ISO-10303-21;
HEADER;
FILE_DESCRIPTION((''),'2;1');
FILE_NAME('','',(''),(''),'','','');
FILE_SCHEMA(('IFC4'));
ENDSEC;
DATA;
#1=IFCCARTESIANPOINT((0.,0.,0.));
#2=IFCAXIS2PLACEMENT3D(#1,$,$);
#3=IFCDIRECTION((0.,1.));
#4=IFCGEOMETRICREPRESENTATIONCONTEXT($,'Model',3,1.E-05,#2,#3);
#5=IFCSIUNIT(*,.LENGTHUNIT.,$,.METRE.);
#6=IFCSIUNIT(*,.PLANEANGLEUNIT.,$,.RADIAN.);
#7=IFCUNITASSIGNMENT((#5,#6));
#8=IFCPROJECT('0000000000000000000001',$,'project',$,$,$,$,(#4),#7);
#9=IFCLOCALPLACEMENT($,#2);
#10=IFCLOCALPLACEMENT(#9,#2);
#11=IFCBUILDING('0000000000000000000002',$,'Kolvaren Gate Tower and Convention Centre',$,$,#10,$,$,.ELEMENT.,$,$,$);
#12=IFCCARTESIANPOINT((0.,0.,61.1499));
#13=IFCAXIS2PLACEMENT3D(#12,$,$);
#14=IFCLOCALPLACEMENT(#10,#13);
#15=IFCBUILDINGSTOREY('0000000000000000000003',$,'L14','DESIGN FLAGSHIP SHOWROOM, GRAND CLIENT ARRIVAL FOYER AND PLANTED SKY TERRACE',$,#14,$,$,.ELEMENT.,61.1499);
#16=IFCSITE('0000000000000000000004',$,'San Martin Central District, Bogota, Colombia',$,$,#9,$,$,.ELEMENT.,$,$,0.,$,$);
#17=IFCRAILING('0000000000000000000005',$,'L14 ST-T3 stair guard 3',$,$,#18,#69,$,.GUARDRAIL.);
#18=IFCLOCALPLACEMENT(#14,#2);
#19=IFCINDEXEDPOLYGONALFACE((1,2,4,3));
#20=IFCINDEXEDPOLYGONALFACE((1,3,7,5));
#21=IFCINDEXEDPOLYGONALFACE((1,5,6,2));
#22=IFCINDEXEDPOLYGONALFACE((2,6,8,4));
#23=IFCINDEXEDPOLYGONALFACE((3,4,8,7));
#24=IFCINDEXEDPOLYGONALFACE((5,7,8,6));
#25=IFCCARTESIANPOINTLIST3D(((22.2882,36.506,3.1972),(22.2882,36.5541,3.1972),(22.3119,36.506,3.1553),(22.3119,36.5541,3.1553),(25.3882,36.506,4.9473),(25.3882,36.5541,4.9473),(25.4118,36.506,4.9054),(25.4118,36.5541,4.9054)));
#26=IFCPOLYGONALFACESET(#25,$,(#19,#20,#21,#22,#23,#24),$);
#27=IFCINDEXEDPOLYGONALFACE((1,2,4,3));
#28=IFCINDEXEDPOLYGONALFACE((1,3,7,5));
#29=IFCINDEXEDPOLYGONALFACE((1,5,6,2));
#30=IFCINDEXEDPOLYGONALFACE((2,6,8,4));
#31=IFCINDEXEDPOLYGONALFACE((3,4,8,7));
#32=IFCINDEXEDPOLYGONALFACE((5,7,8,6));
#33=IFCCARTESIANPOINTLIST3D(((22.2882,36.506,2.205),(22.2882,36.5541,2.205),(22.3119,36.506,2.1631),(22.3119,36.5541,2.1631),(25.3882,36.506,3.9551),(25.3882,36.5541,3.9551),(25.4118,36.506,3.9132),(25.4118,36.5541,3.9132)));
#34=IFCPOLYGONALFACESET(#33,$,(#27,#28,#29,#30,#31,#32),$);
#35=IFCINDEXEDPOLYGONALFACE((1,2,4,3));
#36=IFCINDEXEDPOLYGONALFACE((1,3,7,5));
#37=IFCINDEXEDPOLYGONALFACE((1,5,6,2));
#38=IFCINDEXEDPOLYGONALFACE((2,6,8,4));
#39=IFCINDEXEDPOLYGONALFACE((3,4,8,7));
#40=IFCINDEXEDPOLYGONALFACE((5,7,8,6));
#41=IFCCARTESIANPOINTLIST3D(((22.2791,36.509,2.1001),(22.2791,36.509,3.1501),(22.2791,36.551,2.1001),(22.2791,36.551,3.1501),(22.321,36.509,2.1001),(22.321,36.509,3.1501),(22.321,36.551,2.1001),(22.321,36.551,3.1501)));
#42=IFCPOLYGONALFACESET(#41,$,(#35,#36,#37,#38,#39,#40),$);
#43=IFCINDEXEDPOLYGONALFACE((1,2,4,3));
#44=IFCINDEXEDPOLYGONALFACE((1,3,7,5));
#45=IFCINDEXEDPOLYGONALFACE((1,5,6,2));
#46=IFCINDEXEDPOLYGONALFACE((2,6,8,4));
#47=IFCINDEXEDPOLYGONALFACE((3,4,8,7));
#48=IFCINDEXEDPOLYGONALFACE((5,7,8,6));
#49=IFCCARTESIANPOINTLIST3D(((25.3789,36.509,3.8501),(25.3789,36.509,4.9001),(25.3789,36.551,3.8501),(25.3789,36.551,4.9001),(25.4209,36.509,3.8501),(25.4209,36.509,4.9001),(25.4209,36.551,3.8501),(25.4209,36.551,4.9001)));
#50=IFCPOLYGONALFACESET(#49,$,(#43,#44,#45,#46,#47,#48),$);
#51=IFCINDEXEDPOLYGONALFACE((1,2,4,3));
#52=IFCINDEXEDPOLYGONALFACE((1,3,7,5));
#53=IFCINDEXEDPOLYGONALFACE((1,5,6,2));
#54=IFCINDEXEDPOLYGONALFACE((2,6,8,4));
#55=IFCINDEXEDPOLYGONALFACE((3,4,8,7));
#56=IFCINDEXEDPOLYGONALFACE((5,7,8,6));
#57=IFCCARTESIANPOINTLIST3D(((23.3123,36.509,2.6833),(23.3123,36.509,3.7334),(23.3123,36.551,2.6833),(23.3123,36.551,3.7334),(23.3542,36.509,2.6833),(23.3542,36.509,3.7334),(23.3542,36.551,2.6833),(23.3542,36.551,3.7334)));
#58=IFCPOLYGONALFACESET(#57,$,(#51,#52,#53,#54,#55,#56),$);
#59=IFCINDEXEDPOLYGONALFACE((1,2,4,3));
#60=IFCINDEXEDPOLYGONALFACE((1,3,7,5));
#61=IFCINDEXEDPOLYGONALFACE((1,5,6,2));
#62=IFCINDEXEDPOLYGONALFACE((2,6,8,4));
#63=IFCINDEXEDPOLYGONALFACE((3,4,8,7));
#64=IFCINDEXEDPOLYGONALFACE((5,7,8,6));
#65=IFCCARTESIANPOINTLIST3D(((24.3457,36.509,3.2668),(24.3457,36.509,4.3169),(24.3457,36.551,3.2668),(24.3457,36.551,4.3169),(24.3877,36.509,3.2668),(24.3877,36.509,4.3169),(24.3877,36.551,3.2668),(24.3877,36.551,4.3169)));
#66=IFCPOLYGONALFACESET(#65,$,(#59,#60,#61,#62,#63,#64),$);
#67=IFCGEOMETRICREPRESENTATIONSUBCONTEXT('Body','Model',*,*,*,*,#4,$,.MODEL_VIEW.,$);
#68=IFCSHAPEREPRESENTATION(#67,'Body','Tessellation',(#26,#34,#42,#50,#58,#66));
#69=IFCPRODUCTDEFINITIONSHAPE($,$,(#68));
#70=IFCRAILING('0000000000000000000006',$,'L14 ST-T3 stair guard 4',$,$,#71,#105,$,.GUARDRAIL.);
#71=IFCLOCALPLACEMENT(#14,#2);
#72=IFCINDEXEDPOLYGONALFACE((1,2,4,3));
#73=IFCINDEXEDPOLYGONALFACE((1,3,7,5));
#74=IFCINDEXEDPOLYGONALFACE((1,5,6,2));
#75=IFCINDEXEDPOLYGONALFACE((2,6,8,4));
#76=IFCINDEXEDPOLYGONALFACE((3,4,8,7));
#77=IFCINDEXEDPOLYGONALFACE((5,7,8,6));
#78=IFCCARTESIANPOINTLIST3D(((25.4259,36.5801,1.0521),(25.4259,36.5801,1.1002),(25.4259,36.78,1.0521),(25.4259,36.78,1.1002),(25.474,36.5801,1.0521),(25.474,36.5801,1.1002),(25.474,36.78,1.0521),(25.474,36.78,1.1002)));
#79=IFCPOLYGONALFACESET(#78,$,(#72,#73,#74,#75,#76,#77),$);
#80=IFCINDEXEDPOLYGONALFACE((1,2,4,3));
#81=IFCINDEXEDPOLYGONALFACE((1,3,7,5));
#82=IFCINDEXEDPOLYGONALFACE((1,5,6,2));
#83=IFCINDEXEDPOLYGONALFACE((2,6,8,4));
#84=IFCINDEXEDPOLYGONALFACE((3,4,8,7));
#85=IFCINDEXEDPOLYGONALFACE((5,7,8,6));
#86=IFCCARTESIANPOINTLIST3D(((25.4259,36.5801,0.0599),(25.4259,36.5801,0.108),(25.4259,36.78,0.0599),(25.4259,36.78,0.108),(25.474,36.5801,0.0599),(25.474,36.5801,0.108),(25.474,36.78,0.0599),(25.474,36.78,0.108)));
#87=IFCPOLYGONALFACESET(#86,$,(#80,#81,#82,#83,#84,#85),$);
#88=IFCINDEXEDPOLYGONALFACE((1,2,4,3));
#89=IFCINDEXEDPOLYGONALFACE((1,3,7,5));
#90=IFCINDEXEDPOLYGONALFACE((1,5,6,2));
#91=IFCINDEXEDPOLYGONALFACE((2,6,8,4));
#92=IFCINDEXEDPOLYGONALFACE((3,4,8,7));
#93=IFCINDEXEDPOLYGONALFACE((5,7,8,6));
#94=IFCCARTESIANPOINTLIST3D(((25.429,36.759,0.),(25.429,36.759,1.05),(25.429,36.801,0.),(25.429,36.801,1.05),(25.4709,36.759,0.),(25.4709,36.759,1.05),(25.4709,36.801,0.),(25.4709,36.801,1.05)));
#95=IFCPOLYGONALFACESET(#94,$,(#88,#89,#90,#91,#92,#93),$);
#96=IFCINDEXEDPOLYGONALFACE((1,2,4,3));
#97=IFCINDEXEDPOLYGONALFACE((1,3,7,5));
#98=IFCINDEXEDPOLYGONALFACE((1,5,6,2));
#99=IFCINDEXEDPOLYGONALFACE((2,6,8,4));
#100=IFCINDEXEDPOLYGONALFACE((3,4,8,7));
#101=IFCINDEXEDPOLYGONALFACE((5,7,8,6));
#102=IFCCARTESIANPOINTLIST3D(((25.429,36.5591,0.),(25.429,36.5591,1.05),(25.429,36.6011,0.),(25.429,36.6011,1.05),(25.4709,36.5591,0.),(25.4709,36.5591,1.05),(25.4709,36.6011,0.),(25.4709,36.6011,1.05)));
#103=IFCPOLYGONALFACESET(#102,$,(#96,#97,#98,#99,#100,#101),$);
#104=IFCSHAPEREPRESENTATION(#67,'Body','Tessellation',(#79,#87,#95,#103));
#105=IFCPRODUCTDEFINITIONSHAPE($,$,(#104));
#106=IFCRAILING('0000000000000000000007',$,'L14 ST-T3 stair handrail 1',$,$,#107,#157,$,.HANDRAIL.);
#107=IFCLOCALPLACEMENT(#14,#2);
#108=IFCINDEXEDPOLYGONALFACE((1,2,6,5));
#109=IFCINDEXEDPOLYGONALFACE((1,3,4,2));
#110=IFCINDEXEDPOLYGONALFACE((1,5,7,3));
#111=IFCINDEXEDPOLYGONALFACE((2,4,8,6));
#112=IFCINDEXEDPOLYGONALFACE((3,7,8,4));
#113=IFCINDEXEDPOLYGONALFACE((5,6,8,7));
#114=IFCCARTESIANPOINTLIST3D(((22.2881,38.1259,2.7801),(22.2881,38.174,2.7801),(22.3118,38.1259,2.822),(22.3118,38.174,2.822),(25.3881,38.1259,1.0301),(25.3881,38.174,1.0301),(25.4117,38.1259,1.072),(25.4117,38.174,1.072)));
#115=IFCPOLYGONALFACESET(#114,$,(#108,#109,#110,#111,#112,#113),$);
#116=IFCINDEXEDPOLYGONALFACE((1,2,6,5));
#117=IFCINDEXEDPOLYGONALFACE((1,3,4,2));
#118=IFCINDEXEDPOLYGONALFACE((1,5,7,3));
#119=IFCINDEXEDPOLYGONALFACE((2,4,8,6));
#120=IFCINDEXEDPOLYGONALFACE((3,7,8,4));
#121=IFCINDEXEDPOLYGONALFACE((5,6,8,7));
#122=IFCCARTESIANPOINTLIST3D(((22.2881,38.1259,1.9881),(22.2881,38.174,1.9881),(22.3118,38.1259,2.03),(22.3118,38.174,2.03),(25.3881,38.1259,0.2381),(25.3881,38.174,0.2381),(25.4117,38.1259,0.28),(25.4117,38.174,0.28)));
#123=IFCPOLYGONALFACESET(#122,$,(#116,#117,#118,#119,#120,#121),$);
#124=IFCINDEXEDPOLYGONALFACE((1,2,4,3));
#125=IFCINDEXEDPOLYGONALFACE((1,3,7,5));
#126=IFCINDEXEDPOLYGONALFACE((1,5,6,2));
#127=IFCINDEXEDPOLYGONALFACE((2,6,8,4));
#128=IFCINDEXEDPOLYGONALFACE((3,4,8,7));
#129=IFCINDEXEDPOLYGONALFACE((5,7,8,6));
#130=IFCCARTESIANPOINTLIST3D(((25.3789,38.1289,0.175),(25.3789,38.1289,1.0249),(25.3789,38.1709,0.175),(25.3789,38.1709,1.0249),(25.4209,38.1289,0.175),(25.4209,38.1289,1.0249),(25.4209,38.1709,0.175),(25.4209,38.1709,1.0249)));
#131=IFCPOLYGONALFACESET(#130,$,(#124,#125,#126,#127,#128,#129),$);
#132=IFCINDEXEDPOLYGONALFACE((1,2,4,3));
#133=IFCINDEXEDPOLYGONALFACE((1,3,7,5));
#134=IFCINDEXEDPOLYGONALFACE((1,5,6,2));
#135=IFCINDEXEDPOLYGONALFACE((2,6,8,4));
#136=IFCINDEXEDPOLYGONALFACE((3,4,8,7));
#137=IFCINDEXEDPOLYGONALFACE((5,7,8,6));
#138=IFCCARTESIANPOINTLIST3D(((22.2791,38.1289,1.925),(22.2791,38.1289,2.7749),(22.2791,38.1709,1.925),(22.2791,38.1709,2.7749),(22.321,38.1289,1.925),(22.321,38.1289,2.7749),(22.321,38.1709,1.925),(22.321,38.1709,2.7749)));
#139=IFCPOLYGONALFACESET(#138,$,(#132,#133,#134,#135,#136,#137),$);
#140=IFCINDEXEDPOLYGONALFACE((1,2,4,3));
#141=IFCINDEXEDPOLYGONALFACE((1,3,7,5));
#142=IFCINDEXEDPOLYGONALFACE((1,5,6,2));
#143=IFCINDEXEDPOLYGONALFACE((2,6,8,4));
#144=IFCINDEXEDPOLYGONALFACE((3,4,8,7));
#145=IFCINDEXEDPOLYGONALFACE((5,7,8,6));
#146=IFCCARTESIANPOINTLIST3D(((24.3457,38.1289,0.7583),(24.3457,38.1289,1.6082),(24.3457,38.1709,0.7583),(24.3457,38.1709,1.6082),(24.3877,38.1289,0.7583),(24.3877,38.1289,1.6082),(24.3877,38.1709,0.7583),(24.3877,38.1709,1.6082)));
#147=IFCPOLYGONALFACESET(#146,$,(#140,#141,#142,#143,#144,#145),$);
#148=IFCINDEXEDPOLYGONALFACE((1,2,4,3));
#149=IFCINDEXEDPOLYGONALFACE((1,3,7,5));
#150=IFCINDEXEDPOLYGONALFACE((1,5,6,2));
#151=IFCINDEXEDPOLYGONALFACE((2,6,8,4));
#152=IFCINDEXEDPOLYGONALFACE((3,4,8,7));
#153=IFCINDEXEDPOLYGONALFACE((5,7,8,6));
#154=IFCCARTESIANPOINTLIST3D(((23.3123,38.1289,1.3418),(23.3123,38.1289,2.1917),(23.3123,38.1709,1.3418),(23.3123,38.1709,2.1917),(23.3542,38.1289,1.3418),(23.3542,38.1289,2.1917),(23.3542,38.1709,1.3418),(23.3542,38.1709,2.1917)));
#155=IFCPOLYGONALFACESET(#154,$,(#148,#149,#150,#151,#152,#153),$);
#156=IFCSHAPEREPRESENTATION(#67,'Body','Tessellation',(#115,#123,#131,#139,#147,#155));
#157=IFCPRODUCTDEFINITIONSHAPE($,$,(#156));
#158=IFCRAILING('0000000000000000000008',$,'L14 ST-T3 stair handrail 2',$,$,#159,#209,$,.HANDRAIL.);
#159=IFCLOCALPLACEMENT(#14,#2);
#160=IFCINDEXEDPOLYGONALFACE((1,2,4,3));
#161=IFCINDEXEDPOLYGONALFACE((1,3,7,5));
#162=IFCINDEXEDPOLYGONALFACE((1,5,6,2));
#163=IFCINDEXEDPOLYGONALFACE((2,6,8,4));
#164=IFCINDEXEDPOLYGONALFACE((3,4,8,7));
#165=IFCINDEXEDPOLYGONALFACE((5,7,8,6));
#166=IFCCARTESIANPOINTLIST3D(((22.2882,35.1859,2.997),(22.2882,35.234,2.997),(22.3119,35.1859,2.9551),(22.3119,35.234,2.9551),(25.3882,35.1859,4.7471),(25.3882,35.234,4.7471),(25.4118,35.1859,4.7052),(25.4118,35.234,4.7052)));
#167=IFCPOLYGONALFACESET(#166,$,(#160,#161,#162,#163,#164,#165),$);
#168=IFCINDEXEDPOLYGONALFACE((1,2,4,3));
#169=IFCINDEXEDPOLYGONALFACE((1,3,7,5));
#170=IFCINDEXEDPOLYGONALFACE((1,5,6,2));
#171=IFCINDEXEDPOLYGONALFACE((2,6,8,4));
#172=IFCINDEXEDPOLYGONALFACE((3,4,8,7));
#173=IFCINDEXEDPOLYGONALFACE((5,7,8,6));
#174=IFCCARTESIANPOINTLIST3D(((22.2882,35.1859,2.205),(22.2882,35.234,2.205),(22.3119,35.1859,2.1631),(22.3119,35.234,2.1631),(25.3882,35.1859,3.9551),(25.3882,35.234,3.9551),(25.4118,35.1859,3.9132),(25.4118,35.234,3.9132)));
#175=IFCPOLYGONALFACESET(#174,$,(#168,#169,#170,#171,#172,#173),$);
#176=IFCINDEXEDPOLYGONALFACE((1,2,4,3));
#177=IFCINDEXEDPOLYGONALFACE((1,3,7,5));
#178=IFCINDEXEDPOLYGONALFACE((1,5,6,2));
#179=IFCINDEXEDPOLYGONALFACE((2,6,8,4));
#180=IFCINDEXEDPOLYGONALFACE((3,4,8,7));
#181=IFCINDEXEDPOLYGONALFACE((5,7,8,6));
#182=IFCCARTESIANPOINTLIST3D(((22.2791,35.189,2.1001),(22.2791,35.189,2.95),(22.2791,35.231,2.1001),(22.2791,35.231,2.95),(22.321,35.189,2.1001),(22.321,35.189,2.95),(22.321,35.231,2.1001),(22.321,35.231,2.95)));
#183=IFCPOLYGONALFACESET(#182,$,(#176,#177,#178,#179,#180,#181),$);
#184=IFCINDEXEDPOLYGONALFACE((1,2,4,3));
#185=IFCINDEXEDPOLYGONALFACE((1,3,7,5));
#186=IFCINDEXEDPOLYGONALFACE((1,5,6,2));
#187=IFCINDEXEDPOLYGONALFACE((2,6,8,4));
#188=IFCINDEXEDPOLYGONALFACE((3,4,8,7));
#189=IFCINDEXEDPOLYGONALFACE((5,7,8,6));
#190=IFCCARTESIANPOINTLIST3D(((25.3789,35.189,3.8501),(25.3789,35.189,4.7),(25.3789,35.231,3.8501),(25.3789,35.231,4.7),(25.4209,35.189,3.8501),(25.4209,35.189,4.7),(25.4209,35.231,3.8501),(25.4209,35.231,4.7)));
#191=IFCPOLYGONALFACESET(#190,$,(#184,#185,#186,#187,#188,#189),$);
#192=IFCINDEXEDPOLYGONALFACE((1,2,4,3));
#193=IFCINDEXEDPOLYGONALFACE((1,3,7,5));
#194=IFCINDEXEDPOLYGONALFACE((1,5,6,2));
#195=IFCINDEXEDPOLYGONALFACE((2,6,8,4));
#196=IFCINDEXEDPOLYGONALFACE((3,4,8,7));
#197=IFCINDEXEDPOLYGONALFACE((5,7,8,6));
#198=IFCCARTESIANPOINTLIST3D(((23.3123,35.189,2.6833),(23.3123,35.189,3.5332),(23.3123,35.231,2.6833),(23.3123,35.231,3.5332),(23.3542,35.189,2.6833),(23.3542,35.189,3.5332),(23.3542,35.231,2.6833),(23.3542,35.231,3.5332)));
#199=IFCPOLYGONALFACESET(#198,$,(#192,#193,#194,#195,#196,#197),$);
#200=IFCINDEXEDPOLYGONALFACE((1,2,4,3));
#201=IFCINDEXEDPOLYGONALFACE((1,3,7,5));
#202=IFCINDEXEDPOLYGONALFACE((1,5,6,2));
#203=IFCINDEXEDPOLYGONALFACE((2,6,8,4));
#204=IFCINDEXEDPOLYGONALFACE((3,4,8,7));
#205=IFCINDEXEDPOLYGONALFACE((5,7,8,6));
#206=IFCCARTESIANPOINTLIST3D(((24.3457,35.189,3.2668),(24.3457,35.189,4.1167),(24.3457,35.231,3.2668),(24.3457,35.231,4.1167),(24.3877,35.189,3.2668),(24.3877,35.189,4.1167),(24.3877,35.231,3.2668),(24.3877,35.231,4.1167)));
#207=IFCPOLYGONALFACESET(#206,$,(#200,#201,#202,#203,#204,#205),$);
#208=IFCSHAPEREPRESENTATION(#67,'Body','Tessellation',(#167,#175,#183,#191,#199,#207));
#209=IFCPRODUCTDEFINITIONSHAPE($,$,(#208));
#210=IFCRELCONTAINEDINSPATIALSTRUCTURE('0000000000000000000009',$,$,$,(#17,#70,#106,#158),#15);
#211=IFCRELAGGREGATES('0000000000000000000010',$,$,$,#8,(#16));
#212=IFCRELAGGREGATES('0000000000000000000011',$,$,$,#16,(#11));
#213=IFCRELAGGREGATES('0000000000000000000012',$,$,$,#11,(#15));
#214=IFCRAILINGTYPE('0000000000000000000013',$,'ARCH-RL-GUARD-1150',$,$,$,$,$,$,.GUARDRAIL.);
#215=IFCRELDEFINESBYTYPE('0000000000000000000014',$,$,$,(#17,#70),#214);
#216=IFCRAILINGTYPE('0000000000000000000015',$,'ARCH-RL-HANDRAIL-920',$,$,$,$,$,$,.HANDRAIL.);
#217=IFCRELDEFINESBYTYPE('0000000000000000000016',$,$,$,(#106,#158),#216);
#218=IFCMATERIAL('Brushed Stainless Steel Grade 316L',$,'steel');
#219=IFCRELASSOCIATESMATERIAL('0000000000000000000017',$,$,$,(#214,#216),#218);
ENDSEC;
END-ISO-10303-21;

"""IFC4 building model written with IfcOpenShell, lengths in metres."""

from ifc_helpers import new_model, si_unit, direction, frame, origin, origin_2d, place, context, subcontext, project, spatial, rectangle, extrude, material, type_object, element, save


model = new_model("IFC4")

# Units and contexts
model_context = context("Model", 3, precision=1e-05, world=origin(), true_north=direction((0.0, 1.0)))
body_context = subcontext(model_context, "Body", "Model", "MODEL_VIEW")
ifc_project = project(units=[si_unit("LENGTHUNIT", "METRE"), si_unit("PLANEANGLEUNIT", "RADIAN")], contexts=[model_context])

# Site, building, storey
site_placement = place(None, origin())
site = spatial("IfcSite", under=ifc_project, at=site_placement, Name="San Martin Central District, Bogota, Colombia", CompositionType="ELEMENT", RefElevation=0.0)
building_placement = place(site_placement, origin())
building = spatial("IfcBuilding", under=site, at=building_placement, Name="Kolvaren Gate Tower and Convention Centre", CompositionType="ELEMENT")
storey_placement = place(building_placement, frame((0.0, 0.0, 61.1499)))
storey = spatial("IfcBuildingStorey", under=building, at=storey_placement, Name="L14", Description="DESIGN FLAGSHIP SHOWROOM, GRAND CLIENT ARRIVAL FOYER AND PLANTED SKY TERRACE", CompositionType="ELEMENT", Elevation=61.1499)

# Railings
ifc_material_1 = material(Name="Brushed Stainless Steel Grade 316L", Category="steel")
railing_type_1 = type_object("IfcRailingType", Name="ARCH-RL-GUARD-1150", PredefinedType="GUARDRAIL", material=ifc_material_1)
railing_1_placement = place(storey_placement, frame((22.3, 36.53, 2.1001)))
element("IfcRailing", 1, at=railing_1_placement, inside=storey, type_object=railing_type_1, Name="L14 ST-T3 stair guard 3", PredefinedType="GUARDRAIL", context=body_context, shape_type="SweptSolid", body=[
    extrude(rectangle(XDim=0.0481, YDim=0.0481, at=origin_2d()), frame((0.0, 0.0, 1.0762), z_axis=(0.870814, 0.0, 0.491612), x_axis=(0.0, 1.0, 0.0)), (0.0, 0.0, 1.0), 3.5598),
    extrude(rectangle(XDim=0.0481, YDim=0.0481, at=origin_2d()), frame((0.0, 0.0, 0.084), z_axis=(0.870814, 0.0, 0.491612), x_axis=(0.0, 1.0, 0.0)), (0.0, 0.0, 1.0), 3.5598),
    extrude(rectangle(XDim=0.042, YDim=0.042, at=origin_2d()), origin(), (0.0, 0.0, 1.0), 1.05),
    extrude(rectangle(XDim=0.042, YDim=0.042, at=origin_2d()), frame((3.0999, 0.0, 1.75)), (0.0, 0.0, 1.0), 1.05),
    extrude(rectangle(XDim=0.042, YDim=0.042, at=origin_2d()), frame((1.0332, 0.0, 0.5833)), (0.0, 0.0, 1.0), 1.05),
    extrude(rectangle(XDim=0.042, YDim=0.042, at=origin_2d()), frame((2.0667, 0.0, 1.1667)), (0.0, 0.0, 1.0), 1.05),
])
railing_2_placement = place(storey_placement, frame((25.45, 36.78, 0.0)))
element("IfcRailing", 2, at=railing_2_placement, inside=storey, type_object=railing_type_1, Name="L14 ST-T3 stair guard 4", PredefinedType="GUARDRAIL", context=body_context, shape_type="SweptSolid", body=[
    extrude(rectangle(XDim=0.0481, YDim=0.0481, at=origin_2d()), frame((0.0, 0.0, 1.0762), z_axis=(0.0, -1.0, 0.0), x_axis=(1.0, 0.0, 0.0)), (0.0, 0.0, 1.0), 0.2),
    extrude(rectangle(XDim=0.0481, YDim=0.0481, at=origin_2d()), frame((0.0, 0.0, 0.084), z_axis=(0.0, -1.0, 0.0), x_axis=(1.0, 0.0, 0.0)), (0.0, 0.0, 1.0), 0.2),
    extrude(rectangle(XDim=0.042, YDim=0.042, at=origin_2d()), origin(), (0.0, 0.0, 1.0), 1.05),
    extrude(rectangle(XDim=0.042, YDim=0.042, at=origin_2d()), frame((0.0, -0.2, 0.0)), (0.0, 0.0, 1.0), 1.05),
])
railing_type_2 = type_object("IfcRailingType", Name="ARCH-RL-HANDRAIL-920", PredefinedType="HANDRAIL", material=ifc_material_1)
railing_3_placement = place(storey_placement, frame((25.3999, 38.1499, 0.175)))
element("IfcRailing", 3, at=railing_3_placement, inside=storey, type_object=railing_type_2, Name="L14 ST-T3 stair handrail 1", PredefinedType="HANDRAIL", context=body_context, shape_type="SweptSolid", body=[
    extrude(rectangle(XDim=0.0481, YDim=0.0481, at=origin_2d()), frame((0.0, 0.0, 0.876), z_axis=(-0.870814, 0.0, 0.491612), x_axis=(0.0, -1.0, 0.0)), (0.0, 0.0, 1.0), 3.5598),
    extrude(rectangle(XDim=0.0481, YDim=0.0481, at=origin_2d()), frame((0.0, 0.0, 0.084), z_axis=(-0.870814, 0.0, 0.491612), x_axis=(0.0, -1.0, 0.0)), (0.0, 0.0, 1.0), 3.5598),
    extrude(rectangle(XDim=0.042, YDim=0.042, at=origin_2d()), origin(), (0.0, 0.0, 1.0), 0.8499),
    extrude(rectangle(XDim=0.042, YDim=0.042, at=origin_2d()), frame((-3.0999, 0.0, 1.75)), (0.0, 0.0, 1.0), 0.8499),
    extrude(rectangle(XDim=0.042, YDim=0.042, at=origin_2d()), frame((-1.0332, 0.0, 0.5833)), (0.0, 0.0, 1.0), 0.8499),
    extrude(rectangle(XDim=0.042, YDim=0.042, at=origin_2d()), frame((-2.0667, 0.0, 1.1667)), (0.0, 0.0, 1.0), 0.8499),
])
railing_4_placement = place(storey_placement, frame((22.3, 35.21, 2.1001)))
element("IfcRailing", 4, at=railing_4_placement, inside=storey, type_object=railing_type_2, Name="L14 ST-T3 stair handrail 2", PredefinedType="HANDRAIL", context=body_context, shape_type="SweptSolid", body=[
    extrude(rectangle(XDim=0.0481, YDim=0.0481, at=origin_2d()), frame((0.0, 0.0, 0.876), z_axis=(0.870814, 0.0, 0.491612), x_axis=(0.0, 1.0, 0.0)), (0.0, 0.0, 1.0), 3.5598),
    extrude(rectangle(XDim=0.0481, YDim=0.0481, at=origin_2d()), frame((0.0, 0.0, 0.084), z_axis=(0.870814, 0.0, 0.491612), x_axis=(0.0, 1.0, 0.0)), (0.0, 0.0, 1.0), 3.5598),
    extrude(rectangle(XDim=0.042, YDim=0.042, at=origin_2d()), origin(), (0.0, 0.0, 1.0), 0.8499),
    extrude(rectangle(XDim=0.042, YDim=0.042, at=origin_2d()), frame((3.0999, 0.0, 1.75)), (0.0, 0.0, 1.0), 0.8499),
    extrude(rectangle(XDim=0.042, YDim=0.042, at=origin_2d()), frame((1.0332, 0.0, 0.5833)), (0.0, 0.0, 1.0), 0.8499),
    extrude(rectangle(XDim=0.042, YDim=0.042, at=origin_2d()), frame((2.0667, 0.0, 1.1667)), (0.0, 0.0, 1.0), 0.8499),
])

save(model, "model.ifc")
